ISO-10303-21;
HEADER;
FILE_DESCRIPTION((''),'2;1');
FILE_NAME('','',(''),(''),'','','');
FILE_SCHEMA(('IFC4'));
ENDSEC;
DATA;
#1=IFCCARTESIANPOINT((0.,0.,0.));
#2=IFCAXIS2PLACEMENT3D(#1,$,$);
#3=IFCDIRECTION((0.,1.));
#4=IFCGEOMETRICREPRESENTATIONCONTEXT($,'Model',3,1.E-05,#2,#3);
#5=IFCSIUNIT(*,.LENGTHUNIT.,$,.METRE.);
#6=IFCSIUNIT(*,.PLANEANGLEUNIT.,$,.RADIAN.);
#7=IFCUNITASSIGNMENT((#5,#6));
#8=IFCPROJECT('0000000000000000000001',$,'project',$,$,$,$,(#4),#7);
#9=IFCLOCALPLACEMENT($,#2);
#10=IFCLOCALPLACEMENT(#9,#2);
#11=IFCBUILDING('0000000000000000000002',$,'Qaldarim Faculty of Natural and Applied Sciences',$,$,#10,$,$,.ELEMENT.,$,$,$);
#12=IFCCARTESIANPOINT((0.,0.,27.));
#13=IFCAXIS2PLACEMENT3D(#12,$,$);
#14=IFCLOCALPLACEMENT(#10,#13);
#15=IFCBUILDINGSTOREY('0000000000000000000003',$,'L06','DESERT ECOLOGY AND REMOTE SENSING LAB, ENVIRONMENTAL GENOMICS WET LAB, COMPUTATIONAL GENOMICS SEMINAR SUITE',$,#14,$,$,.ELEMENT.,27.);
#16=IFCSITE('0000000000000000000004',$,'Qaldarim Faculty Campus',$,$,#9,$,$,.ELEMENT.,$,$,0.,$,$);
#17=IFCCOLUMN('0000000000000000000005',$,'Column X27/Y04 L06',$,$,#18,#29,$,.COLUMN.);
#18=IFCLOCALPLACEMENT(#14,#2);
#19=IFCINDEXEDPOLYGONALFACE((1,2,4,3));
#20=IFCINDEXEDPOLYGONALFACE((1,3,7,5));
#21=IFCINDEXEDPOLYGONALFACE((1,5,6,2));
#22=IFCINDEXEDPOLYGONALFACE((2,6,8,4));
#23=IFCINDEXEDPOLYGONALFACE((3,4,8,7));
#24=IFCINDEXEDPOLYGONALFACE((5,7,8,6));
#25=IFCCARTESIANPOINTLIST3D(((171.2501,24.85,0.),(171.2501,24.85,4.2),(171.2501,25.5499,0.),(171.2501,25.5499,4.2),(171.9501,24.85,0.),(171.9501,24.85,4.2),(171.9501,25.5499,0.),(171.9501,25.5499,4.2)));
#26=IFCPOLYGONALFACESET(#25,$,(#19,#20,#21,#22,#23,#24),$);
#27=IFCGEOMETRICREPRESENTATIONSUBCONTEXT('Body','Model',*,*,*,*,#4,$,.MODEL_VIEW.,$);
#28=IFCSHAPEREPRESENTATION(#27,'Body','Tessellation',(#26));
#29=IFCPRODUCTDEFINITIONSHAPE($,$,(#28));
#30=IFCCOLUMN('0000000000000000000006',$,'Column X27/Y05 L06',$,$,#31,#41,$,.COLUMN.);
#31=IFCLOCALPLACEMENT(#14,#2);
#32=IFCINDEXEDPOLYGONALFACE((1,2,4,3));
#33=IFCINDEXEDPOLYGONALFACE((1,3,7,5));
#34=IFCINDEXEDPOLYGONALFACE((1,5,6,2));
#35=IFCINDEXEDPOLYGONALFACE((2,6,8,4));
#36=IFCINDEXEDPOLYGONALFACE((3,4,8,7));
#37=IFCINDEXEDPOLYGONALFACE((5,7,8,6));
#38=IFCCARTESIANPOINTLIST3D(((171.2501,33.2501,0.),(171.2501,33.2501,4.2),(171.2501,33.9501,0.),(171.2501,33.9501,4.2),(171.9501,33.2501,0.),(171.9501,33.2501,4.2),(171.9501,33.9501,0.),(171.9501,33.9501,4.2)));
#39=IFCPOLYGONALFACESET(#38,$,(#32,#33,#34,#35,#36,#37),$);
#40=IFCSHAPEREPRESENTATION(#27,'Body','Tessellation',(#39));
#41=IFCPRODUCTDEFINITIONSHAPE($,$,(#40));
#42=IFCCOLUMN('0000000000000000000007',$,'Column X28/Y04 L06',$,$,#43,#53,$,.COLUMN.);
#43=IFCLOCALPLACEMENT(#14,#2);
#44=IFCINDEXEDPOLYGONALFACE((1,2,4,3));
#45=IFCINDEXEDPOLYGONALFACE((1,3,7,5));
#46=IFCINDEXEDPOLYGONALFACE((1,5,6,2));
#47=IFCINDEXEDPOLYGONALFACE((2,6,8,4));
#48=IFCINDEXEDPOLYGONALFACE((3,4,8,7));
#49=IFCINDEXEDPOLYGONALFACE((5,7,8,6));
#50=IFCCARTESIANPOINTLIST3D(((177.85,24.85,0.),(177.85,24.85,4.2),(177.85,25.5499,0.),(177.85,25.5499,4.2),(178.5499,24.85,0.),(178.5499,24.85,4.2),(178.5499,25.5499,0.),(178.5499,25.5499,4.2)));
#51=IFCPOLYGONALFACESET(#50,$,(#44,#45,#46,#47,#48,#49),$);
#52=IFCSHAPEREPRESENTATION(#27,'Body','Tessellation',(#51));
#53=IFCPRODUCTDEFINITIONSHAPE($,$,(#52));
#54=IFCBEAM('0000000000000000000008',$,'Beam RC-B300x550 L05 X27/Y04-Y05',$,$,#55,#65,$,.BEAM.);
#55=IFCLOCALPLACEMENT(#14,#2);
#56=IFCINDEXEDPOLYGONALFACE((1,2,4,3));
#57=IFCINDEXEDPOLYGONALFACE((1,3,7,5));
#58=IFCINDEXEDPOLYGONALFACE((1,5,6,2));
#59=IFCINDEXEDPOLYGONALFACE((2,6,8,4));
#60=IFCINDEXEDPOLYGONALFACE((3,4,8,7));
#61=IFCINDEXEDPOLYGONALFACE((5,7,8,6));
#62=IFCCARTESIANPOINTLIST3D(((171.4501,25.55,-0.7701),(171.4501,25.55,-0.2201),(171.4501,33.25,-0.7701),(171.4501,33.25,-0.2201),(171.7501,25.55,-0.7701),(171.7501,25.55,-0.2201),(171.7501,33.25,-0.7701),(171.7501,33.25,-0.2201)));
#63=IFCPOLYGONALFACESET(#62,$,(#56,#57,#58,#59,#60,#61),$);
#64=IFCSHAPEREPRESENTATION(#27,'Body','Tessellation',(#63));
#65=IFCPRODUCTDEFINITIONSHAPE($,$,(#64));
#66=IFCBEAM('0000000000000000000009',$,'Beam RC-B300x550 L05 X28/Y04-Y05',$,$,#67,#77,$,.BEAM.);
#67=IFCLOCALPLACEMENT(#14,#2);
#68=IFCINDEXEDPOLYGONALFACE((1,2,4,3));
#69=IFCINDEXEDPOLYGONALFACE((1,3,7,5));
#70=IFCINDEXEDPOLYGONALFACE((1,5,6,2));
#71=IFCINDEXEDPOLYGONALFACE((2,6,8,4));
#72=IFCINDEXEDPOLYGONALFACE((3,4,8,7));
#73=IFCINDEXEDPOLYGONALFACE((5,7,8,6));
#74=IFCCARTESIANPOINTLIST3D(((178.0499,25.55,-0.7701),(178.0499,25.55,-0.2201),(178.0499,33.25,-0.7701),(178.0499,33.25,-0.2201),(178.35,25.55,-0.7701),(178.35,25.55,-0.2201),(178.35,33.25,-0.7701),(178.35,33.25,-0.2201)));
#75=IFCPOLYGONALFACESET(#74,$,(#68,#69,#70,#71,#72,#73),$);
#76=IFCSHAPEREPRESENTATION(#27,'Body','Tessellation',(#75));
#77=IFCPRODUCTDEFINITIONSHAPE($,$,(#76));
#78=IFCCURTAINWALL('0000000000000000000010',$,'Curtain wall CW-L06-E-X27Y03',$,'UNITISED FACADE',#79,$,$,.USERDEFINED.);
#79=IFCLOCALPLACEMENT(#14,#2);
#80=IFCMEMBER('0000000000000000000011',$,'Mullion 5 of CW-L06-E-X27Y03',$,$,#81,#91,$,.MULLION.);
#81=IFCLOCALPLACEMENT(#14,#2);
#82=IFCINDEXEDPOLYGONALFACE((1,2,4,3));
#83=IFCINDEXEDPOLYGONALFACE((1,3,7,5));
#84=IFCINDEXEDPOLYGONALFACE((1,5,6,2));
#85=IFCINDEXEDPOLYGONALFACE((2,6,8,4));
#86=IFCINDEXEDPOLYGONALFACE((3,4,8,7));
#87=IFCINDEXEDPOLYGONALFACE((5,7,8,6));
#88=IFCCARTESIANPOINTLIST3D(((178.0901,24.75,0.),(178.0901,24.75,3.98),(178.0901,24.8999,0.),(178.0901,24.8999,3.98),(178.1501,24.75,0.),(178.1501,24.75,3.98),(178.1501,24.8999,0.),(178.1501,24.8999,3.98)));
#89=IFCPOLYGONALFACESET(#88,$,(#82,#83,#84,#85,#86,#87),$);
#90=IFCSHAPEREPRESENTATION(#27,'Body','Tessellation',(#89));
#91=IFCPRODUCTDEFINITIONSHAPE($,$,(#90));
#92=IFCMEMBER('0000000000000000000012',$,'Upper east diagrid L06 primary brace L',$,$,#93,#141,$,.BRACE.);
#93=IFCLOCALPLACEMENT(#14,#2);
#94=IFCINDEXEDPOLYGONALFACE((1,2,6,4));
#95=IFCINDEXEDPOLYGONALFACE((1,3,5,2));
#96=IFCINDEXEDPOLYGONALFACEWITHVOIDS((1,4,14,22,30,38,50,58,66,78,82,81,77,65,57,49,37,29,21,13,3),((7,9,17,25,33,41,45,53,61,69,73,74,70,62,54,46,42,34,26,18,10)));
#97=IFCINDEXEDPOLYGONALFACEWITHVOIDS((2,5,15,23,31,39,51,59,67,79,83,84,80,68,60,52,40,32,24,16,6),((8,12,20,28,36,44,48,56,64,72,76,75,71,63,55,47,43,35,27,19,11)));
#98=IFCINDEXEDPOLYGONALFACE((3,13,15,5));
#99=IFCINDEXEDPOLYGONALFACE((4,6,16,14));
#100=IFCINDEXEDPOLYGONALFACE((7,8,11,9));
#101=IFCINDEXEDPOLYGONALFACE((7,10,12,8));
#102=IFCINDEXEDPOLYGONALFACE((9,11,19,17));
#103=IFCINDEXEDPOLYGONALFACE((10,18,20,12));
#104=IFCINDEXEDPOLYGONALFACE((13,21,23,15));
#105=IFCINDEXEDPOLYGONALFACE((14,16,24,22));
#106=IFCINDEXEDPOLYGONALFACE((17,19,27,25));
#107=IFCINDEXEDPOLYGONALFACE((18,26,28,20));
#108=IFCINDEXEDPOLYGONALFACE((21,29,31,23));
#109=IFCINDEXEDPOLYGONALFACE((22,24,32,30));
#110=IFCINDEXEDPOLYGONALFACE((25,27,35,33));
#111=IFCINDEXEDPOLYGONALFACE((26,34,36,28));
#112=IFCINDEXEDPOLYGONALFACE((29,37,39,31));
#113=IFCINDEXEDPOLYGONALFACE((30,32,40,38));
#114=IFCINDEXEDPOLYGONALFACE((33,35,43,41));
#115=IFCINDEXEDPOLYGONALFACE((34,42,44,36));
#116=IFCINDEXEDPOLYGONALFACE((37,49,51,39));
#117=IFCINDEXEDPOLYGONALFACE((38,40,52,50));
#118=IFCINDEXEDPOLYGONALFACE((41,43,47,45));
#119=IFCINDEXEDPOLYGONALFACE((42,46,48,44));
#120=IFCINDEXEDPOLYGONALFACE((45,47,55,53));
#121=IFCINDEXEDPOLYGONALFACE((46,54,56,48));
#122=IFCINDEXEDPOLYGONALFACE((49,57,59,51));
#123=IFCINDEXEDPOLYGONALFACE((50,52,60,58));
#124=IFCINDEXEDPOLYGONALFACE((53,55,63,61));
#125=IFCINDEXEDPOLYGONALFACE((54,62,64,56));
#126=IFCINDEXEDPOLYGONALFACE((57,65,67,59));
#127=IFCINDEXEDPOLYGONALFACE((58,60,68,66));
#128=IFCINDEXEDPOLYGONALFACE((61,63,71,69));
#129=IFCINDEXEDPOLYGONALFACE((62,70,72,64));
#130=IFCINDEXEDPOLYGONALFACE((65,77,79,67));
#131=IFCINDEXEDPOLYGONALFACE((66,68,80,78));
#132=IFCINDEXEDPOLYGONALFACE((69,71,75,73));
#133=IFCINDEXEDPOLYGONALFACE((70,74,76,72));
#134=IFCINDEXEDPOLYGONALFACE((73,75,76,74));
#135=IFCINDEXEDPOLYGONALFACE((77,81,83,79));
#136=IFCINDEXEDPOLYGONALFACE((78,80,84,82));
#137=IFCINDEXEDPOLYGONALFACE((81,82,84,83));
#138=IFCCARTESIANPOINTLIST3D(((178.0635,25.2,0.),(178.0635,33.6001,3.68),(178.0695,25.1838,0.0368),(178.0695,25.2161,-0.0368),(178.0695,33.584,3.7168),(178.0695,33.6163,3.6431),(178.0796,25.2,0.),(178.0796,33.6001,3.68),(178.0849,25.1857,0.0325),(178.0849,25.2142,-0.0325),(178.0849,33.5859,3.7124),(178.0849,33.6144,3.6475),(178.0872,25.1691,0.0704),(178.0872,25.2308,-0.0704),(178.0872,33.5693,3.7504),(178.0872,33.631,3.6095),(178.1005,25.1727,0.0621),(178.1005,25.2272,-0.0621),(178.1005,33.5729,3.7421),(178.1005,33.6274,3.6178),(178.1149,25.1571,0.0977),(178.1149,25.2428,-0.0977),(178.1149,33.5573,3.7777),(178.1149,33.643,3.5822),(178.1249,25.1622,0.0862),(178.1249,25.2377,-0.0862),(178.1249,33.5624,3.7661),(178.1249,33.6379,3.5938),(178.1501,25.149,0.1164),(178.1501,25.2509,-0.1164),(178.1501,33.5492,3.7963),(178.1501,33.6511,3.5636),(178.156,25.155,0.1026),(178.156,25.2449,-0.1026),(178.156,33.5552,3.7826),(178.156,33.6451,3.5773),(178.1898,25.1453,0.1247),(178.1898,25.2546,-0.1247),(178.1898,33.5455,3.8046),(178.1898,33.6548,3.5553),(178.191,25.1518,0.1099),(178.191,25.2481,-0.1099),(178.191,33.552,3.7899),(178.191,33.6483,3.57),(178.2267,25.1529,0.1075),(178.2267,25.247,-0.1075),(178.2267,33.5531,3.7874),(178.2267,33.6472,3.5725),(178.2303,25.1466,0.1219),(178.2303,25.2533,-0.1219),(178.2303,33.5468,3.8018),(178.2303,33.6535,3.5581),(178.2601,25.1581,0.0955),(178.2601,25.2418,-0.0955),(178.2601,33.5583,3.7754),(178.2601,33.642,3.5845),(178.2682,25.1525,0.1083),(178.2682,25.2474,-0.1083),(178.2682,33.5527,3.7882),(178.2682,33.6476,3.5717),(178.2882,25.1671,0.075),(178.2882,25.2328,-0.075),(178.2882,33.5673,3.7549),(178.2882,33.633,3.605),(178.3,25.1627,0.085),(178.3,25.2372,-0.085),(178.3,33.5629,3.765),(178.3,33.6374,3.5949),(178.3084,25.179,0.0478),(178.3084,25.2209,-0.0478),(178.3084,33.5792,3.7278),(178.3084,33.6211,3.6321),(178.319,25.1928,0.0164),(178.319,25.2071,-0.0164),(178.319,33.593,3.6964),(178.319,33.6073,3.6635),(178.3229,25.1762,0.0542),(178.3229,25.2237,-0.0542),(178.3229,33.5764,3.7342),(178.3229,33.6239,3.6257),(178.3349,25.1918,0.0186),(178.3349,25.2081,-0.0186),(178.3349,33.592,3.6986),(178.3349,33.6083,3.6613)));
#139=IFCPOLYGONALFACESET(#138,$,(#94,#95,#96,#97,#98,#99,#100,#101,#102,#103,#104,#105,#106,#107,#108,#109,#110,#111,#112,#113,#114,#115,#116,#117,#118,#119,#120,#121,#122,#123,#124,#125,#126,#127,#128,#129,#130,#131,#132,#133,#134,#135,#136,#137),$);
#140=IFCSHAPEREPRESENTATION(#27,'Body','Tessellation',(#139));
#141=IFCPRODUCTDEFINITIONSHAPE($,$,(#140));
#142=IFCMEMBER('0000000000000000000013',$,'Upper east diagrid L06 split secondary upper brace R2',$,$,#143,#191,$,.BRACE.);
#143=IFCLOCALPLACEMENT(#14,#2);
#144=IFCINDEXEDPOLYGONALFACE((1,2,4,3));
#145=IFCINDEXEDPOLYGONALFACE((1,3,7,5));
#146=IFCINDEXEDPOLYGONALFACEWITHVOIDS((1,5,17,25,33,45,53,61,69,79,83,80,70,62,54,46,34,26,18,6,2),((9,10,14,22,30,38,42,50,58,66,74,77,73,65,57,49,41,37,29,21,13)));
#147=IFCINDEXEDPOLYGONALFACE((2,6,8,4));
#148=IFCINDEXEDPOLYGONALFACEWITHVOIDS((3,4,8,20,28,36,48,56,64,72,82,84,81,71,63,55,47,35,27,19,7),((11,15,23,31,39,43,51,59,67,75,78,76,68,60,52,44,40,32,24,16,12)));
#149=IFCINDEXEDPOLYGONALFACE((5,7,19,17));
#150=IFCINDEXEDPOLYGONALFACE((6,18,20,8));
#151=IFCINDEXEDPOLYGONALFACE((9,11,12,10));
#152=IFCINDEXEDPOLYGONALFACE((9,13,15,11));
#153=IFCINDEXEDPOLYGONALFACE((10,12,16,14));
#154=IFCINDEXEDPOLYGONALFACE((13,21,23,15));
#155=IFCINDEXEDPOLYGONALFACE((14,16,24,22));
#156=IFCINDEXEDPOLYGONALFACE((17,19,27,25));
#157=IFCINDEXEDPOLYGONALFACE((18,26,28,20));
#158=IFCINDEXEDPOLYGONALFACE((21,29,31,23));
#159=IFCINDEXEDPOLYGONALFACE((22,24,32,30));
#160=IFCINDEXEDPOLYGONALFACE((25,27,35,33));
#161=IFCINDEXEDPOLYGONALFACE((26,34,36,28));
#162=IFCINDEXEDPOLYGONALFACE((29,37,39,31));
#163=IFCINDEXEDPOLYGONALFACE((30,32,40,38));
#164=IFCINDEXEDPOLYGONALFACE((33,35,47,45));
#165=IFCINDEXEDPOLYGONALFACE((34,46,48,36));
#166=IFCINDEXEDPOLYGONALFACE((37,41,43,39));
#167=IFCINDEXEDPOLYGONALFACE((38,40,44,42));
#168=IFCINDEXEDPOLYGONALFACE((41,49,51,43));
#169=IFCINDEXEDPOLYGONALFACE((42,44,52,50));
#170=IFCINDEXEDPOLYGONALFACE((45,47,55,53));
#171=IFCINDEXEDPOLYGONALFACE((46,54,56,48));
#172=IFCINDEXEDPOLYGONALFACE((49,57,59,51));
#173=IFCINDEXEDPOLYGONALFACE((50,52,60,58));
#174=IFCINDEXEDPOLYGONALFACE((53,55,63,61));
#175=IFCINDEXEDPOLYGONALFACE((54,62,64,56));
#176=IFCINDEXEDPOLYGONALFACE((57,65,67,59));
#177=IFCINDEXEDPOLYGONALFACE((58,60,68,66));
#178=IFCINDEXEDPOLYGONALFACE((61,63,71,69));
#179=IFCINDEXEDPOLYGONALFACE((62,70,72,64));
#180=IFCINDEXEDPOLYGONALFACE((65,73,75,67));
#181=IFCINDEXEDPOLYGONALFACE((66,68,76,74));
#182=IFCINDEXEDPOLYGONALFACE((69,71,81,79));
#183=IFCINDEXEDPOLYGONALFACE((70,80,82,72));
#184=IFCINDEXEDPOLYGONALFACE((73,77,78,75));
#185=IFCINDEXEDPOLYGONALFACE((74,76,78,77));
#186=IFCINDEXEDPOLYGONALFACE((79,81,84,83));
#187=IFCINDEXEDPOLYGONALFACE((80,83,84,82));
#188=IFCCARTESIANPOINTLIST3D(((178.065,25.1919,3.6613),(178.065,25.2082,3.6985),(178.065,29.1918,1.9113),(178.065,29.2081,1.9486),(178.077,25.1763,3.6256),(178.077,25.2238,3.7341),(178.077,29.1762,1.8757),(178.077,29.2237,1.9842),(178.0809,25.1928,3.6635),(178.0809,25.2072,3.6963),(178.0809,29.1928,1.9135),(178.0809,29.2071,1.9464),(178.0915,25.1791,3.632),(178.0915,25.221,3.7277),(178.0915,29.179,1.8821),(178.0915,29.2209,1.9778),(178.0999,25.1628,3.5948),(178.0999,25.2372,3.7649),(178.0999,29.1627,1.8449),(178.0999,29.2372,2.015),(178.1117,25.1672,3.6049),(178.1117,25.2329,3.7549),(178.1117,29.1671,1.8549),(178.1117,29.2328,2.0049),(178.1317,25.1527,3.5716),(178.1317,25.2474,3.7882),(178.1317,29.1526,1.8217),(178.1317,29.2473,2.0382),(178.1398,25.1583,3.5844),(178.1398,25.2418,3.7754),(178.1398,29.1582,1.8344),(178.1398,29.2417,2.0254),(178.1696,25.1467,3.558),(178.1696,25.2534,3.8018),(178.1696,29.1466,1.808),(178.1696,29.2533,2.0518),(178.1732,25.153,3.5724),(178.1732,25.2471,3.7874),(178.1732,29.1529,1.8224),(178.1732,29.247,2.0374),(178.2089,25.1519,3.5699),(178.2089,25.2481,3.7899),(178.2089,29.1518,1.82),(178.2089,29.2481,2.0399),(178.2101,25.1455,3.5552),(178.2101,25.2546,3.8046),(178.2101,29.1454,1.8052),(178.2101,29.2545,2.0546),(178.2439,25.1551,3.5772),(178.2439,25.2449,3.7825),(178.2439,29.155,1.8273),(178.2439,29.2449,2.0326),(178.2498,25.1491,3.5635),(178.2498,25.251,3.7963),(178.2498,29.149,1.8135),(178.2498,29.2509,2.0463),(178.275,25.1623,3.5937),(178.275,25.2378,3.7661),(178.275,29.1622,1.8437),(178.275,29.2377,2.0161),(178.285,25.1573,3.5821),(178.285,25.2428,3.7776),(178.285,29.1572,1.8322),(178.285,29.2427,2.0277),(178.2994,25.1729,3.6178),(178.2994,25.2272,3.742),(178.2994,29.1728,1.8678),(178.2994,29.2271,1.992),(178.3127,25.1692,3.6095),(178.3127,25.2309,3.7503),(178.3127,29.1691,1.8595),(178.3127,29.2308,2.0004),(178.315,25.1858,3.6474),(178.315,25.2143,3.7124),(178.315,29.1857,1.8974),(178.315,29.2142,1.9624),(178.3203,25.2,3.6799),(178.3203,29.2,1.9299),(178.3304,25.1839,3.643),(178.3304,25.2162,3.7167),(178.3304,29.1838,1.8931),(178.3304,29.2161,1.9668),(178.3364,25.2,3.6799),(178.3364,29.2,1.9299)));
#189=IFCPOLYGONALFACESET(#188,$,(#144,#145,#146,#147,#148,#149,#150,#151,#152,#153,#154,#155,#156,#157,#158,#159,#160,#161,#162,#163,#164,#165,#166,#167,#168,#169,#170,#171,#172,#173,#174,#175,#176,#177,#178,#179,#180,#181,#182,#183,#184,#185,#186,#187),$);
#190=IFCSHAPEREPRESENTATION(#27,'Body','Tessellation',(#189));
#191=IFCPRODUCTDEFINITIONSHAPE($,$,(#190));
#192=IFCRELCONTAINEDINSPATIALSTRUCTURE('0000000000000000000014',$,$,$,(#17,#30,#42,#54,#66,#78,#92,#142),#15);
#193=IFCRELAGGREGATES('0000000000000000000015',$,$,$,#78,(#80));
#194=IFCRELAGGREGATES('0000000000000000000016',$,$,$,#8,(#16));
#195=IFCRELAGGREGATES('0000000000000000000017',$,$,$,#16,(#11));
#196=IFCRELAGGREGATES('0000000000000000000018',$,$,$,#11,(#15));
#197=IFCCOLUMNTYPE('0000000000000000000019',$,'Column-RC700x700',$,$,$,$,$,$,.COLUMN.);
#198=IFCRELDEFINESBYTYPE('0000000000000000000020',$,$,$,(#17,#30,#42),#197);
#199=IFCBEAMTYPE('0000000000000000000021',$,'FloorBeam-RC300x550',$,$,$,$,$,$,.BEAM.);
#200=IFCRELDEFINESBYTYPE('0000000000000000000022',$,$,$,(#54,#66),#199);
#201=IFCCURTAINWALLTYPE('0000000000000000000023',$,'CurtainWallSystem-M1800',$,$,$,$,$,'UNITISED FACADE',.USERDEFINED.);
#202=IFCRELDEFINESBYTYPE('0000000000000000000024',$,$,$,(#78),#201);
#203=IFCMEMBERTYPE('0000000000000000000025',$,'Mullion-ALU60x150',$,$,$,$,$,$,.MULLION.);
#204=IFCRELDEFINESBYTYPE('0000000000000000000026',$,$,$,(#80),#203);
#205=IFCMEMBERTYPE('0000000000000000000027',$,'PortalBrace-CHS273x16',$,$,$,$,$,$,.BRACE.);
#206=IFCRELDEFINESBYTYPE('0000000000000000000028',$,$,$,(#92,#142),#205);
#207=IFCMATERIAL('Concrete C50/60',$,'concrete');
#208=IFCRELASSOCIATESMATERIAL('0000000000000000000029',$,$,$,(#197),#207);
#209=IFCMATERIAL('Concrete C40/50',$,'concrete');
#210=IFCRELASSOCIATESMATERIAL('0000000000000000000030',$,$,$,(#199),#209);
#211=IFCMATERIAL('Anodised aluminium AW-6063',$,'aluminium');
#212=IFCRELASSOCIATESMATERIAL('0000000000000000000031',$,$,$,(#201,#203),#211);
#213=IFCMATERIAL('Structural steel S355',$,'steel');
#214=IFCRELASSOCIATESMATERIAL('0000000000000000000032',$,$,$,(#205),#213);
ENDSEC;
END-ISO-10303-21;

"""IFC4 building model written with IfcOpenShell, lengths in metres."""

from ifc_helpers import new_model, si_unit, direction, frame, origin, origin_2d, place, context, subcontext, project, spatial, rectangle, hollow_circle, extrude, material, material_profile, profile_set, type_object, element, aggregate, save


model = new_model("IFC4")

# Units and contexts
model_context = context("Model", 3, precision=1e-05, world=origin(), true_north=direction((0.0, 1.0)))
body_context = subcontext(model_context, "Body", "Model", "MODEL_VIEW")
ifc_project = project(units=[si_unit("LENGTHUNIT", "METRE"), si_unit("PLANEANGLEUNIT", "RADIAN")], contexts=[model_context])

# Site, building, storey
site_placement = place(None, origin())
site = spatial("IfcSite", under=ifc_project, at=site_placement, Name="Qaldarim Faculty Campus", CompositionType="ELEMENT", RefElevation=0.0)
building_placement = place(site_placement, origin())
building = spatial("IfcBuilding", under=site, at=building_placement, Name="Qaldarim Faculty of Natural and Applied Sciences", CompositionType="ELEMENT")
storey_placement = place(building_placement, frame((0.0, 0.0, 27.0)))
storey = spatial("IfcBuildingStorey", under=building, at=storey_placement, Name="L06", Description="DESERT ECOLOGY AND REMOTE SENSING LAB, ENVIRONMENTAL GENOMICS WET LAB, COMPUTATIONAL GENOMICS SEMINAR SUITE", CompositionType="ELEMENT", Elevation=27.0)

# Columns
ifc_material_1 = material(Name="Concrete C50/60", Category="concrete")
ifc_material_profile_1 = material_profile(ifc_material_1, rectangle(XDim=0.7, YDim=0.7, at=origin_2d()), Name="RC-C700x700")
ifc_profile_set_1 = profile_set([ifc_material_profile_1], Name="Concrete C50/60")
column_type = type_object("IfcColumnType", Name="Column-RC700x700", PredefinedType="COLUMN", material=ifc_profile_set_1)
for number, where, z_axis, x_axis, name in (
    (1, (171.6001, 25.2, 0.0), (0.0, 0.0, 1.0), (1.0, 0.0, 0.0), "Column X27/Y04 L06"),
    (2, (171.6001, 33.6001, 0.0), (0.0, 0.0, 1.0), (1.0, 0.0, 0.0), "Column X27/Y05 L06"),
    (3, (178.2, 25.2, 0.0), (0.0, 0.0, 1.0), (1.0, 0.0, 0.0), "Column X28/Y04 L06"),
):
    element("IfcColumn", number, at=place(storey_placement, frame(where, z_axis=z_axis, x_axis=x_axis)), inside=storey, type_object=column_type, Name=name, PredefinedType="COLUMN", context=body_context, shape_type="SweptSolid", body=[
        extrude(rectangle(XDim=0.7, YDim=0.7, at=origin_2d()), origin(), (0.0, 0.0, 1.0), 4.2),
    ])

# Beams
ifc_material_2 = material(Name="Concrete C40/50", Category="concrete")
ifc_material_profile_2 = material_profile(ifc_material_2, rectangle(XDim=0.3, YDim=0.55, at=origin_2d()), Name="RC-B300x550")
ifc_profile_set_2 = profile_set([ifc_material_profile_2], Name="Concrete C40/50")
beam_type_1 = type_object("IfcBeamType", Name="FloorBeam-RC300x550", PredefinedType="BEAM", material=ifc_profile_set_2)
for number, where, z_axis, x_axis, name in (
    (4, (171.6001, 25.55, -0.4951), (0.0, 1.0, 0.0), (-1.0, 0.0, 0.0), "Beam RC-B300x550 L05 X27/Y04-Y05"),
    (5, (178.2, 25.55, -0.4951), (0.0, 1.0, 0.0), (-1.0, 0.0, 0.0), "Beam RC-B300x550 L05 X28/Y04-Y05"),
):
    element("IfcBeam", number, at=place(storey_placement, frame(where, z_axis=z_axis, x_axis=x_axis)), inside=storey, type_object=beam_type_1, Name=name, PredefinedType="BEAM", context=body_context, shape_type="SweptSolid", body=[
        extrude(rectangle(XDim=0.3, YDim=0.55, at=origin_2d()), origin(), (0.0, 0.0, 1.0), 7.7),
    ])

# Curtain wall, member
ifc_material_3 = material(Name="Anodised aluminium AW-6063", Category="aluminium")
curtain_wall_type = type_object("IfcCurtainWallType", Name="CurtainWallSystem-M1800", ElementType="UNITISED FACADE", PredefinedType="USERDEFINED", material=ifc_material_3)
curtain_wall_placement = place(storey_placement, origin())
curtain_wall = element("IfcCurtainWall", 6, at=curtain_wall_placement, inside=storey, type_object=curtain_wall_type, Name="Curtain wall CW-L06-E-X27Y03", ObjectType="UNITISED FACADE", PredefinedType="USERDEFINED")
ifc_material_profile_3 = material_profile(ifc_material_3, rectangle(XDim=0.0601, YDim=0.1499, at=origin_2d()), Name="ALU-M60x150")
ifc_profile_set_3 = profile_set([ifc_material_profile_3], Name="Anodised aluminium AW-6063")
member_type_1 = type_object("IfcMemberType", Name="Mullion-ALU60x150", PredefinedType="MULLION", material=ifc_profile_set_3)
member_1_placement = place(storey_placement, frame((178.1201, 24.825, 0.0), z_axis=(0.0, 0.0, 1.0), x_axis=(-1.0, 0.0, 0.0)))
member_1 = element("IfcMember", 7, at=member_1_placement, type_object=member_type_1, Name="Mullion 5 of CW-L06-E-X27Y03", PredefinedType="MULLION", context=body_context, shape_type="SweptSolid", body=[
    extrude(rectangle(XDim=0.0601, YDim=0.1499, at=origin_2d()), origin(), (0.0, 0.0, 1.0), 3.98),
])
aggregate(curtain_wall, [member_1])

# Members
ifc_material_4 = material(Name="Structural steel S355", Category="steel")
ifc_material_profile_4 = material_profile(ifc_material_4, hollow_circle(Radius=0.1365, WallThickness=0.0161, at=origin_2d()), Name="CHS 273.0x16.0")
ifc_profile_set_4 = profile_set([ifc_material_profile_4], Name="Structural steel S355")
member_type_2 = type_object("IfcMemberType", Name="PortalBrace-CHS273x16", PredefinedType="BRACE", material=ifc_profile_set_4)
member_2_placement = place(storey_placement, frame((178.2, 25.2, 0.0), z_axis=(0.0, 0.915962, 0.401264), x_axis=(-1.0, 0.0, 0.0)))
element("IfcMember", 8, at=member_2_placement, inside=storey, type_object=member_type_2, Name="Upper east diagrid L06 primary brace L", PredefinedType="BRACE", context=body_context, shape_type="SweptSolid", body=[
    extrude(hollow_circle(Radius=0.1365, WallThickness=0.0161, at=origin_2d()), origin(), (0.0, 0.0, 1.0), 9.1709),
])
member_3_placement = place(storey_placement, frame((178.2, 29.2, 1.9299), z_axis=(0.0, -0.916157, 0.400819), x_axis=(1.0, 0.0, 0.0)))
element("IfcMember", 9, at=member_3_placement, inside=storey, type_object=member_type_2, Name="Upper east diagrid L06 split secondary upper brace R2", PredefinedType="BRACE", context=body_context, shape_type="SweptSolid", body=[
    extrude(hollow_circle(Radius=0.1365, WallThickness=0.0161, at=origin_2d()), origin(), (0.0, 0.0, 1.0), 4.366),
])

save(model, "model.ifc")
